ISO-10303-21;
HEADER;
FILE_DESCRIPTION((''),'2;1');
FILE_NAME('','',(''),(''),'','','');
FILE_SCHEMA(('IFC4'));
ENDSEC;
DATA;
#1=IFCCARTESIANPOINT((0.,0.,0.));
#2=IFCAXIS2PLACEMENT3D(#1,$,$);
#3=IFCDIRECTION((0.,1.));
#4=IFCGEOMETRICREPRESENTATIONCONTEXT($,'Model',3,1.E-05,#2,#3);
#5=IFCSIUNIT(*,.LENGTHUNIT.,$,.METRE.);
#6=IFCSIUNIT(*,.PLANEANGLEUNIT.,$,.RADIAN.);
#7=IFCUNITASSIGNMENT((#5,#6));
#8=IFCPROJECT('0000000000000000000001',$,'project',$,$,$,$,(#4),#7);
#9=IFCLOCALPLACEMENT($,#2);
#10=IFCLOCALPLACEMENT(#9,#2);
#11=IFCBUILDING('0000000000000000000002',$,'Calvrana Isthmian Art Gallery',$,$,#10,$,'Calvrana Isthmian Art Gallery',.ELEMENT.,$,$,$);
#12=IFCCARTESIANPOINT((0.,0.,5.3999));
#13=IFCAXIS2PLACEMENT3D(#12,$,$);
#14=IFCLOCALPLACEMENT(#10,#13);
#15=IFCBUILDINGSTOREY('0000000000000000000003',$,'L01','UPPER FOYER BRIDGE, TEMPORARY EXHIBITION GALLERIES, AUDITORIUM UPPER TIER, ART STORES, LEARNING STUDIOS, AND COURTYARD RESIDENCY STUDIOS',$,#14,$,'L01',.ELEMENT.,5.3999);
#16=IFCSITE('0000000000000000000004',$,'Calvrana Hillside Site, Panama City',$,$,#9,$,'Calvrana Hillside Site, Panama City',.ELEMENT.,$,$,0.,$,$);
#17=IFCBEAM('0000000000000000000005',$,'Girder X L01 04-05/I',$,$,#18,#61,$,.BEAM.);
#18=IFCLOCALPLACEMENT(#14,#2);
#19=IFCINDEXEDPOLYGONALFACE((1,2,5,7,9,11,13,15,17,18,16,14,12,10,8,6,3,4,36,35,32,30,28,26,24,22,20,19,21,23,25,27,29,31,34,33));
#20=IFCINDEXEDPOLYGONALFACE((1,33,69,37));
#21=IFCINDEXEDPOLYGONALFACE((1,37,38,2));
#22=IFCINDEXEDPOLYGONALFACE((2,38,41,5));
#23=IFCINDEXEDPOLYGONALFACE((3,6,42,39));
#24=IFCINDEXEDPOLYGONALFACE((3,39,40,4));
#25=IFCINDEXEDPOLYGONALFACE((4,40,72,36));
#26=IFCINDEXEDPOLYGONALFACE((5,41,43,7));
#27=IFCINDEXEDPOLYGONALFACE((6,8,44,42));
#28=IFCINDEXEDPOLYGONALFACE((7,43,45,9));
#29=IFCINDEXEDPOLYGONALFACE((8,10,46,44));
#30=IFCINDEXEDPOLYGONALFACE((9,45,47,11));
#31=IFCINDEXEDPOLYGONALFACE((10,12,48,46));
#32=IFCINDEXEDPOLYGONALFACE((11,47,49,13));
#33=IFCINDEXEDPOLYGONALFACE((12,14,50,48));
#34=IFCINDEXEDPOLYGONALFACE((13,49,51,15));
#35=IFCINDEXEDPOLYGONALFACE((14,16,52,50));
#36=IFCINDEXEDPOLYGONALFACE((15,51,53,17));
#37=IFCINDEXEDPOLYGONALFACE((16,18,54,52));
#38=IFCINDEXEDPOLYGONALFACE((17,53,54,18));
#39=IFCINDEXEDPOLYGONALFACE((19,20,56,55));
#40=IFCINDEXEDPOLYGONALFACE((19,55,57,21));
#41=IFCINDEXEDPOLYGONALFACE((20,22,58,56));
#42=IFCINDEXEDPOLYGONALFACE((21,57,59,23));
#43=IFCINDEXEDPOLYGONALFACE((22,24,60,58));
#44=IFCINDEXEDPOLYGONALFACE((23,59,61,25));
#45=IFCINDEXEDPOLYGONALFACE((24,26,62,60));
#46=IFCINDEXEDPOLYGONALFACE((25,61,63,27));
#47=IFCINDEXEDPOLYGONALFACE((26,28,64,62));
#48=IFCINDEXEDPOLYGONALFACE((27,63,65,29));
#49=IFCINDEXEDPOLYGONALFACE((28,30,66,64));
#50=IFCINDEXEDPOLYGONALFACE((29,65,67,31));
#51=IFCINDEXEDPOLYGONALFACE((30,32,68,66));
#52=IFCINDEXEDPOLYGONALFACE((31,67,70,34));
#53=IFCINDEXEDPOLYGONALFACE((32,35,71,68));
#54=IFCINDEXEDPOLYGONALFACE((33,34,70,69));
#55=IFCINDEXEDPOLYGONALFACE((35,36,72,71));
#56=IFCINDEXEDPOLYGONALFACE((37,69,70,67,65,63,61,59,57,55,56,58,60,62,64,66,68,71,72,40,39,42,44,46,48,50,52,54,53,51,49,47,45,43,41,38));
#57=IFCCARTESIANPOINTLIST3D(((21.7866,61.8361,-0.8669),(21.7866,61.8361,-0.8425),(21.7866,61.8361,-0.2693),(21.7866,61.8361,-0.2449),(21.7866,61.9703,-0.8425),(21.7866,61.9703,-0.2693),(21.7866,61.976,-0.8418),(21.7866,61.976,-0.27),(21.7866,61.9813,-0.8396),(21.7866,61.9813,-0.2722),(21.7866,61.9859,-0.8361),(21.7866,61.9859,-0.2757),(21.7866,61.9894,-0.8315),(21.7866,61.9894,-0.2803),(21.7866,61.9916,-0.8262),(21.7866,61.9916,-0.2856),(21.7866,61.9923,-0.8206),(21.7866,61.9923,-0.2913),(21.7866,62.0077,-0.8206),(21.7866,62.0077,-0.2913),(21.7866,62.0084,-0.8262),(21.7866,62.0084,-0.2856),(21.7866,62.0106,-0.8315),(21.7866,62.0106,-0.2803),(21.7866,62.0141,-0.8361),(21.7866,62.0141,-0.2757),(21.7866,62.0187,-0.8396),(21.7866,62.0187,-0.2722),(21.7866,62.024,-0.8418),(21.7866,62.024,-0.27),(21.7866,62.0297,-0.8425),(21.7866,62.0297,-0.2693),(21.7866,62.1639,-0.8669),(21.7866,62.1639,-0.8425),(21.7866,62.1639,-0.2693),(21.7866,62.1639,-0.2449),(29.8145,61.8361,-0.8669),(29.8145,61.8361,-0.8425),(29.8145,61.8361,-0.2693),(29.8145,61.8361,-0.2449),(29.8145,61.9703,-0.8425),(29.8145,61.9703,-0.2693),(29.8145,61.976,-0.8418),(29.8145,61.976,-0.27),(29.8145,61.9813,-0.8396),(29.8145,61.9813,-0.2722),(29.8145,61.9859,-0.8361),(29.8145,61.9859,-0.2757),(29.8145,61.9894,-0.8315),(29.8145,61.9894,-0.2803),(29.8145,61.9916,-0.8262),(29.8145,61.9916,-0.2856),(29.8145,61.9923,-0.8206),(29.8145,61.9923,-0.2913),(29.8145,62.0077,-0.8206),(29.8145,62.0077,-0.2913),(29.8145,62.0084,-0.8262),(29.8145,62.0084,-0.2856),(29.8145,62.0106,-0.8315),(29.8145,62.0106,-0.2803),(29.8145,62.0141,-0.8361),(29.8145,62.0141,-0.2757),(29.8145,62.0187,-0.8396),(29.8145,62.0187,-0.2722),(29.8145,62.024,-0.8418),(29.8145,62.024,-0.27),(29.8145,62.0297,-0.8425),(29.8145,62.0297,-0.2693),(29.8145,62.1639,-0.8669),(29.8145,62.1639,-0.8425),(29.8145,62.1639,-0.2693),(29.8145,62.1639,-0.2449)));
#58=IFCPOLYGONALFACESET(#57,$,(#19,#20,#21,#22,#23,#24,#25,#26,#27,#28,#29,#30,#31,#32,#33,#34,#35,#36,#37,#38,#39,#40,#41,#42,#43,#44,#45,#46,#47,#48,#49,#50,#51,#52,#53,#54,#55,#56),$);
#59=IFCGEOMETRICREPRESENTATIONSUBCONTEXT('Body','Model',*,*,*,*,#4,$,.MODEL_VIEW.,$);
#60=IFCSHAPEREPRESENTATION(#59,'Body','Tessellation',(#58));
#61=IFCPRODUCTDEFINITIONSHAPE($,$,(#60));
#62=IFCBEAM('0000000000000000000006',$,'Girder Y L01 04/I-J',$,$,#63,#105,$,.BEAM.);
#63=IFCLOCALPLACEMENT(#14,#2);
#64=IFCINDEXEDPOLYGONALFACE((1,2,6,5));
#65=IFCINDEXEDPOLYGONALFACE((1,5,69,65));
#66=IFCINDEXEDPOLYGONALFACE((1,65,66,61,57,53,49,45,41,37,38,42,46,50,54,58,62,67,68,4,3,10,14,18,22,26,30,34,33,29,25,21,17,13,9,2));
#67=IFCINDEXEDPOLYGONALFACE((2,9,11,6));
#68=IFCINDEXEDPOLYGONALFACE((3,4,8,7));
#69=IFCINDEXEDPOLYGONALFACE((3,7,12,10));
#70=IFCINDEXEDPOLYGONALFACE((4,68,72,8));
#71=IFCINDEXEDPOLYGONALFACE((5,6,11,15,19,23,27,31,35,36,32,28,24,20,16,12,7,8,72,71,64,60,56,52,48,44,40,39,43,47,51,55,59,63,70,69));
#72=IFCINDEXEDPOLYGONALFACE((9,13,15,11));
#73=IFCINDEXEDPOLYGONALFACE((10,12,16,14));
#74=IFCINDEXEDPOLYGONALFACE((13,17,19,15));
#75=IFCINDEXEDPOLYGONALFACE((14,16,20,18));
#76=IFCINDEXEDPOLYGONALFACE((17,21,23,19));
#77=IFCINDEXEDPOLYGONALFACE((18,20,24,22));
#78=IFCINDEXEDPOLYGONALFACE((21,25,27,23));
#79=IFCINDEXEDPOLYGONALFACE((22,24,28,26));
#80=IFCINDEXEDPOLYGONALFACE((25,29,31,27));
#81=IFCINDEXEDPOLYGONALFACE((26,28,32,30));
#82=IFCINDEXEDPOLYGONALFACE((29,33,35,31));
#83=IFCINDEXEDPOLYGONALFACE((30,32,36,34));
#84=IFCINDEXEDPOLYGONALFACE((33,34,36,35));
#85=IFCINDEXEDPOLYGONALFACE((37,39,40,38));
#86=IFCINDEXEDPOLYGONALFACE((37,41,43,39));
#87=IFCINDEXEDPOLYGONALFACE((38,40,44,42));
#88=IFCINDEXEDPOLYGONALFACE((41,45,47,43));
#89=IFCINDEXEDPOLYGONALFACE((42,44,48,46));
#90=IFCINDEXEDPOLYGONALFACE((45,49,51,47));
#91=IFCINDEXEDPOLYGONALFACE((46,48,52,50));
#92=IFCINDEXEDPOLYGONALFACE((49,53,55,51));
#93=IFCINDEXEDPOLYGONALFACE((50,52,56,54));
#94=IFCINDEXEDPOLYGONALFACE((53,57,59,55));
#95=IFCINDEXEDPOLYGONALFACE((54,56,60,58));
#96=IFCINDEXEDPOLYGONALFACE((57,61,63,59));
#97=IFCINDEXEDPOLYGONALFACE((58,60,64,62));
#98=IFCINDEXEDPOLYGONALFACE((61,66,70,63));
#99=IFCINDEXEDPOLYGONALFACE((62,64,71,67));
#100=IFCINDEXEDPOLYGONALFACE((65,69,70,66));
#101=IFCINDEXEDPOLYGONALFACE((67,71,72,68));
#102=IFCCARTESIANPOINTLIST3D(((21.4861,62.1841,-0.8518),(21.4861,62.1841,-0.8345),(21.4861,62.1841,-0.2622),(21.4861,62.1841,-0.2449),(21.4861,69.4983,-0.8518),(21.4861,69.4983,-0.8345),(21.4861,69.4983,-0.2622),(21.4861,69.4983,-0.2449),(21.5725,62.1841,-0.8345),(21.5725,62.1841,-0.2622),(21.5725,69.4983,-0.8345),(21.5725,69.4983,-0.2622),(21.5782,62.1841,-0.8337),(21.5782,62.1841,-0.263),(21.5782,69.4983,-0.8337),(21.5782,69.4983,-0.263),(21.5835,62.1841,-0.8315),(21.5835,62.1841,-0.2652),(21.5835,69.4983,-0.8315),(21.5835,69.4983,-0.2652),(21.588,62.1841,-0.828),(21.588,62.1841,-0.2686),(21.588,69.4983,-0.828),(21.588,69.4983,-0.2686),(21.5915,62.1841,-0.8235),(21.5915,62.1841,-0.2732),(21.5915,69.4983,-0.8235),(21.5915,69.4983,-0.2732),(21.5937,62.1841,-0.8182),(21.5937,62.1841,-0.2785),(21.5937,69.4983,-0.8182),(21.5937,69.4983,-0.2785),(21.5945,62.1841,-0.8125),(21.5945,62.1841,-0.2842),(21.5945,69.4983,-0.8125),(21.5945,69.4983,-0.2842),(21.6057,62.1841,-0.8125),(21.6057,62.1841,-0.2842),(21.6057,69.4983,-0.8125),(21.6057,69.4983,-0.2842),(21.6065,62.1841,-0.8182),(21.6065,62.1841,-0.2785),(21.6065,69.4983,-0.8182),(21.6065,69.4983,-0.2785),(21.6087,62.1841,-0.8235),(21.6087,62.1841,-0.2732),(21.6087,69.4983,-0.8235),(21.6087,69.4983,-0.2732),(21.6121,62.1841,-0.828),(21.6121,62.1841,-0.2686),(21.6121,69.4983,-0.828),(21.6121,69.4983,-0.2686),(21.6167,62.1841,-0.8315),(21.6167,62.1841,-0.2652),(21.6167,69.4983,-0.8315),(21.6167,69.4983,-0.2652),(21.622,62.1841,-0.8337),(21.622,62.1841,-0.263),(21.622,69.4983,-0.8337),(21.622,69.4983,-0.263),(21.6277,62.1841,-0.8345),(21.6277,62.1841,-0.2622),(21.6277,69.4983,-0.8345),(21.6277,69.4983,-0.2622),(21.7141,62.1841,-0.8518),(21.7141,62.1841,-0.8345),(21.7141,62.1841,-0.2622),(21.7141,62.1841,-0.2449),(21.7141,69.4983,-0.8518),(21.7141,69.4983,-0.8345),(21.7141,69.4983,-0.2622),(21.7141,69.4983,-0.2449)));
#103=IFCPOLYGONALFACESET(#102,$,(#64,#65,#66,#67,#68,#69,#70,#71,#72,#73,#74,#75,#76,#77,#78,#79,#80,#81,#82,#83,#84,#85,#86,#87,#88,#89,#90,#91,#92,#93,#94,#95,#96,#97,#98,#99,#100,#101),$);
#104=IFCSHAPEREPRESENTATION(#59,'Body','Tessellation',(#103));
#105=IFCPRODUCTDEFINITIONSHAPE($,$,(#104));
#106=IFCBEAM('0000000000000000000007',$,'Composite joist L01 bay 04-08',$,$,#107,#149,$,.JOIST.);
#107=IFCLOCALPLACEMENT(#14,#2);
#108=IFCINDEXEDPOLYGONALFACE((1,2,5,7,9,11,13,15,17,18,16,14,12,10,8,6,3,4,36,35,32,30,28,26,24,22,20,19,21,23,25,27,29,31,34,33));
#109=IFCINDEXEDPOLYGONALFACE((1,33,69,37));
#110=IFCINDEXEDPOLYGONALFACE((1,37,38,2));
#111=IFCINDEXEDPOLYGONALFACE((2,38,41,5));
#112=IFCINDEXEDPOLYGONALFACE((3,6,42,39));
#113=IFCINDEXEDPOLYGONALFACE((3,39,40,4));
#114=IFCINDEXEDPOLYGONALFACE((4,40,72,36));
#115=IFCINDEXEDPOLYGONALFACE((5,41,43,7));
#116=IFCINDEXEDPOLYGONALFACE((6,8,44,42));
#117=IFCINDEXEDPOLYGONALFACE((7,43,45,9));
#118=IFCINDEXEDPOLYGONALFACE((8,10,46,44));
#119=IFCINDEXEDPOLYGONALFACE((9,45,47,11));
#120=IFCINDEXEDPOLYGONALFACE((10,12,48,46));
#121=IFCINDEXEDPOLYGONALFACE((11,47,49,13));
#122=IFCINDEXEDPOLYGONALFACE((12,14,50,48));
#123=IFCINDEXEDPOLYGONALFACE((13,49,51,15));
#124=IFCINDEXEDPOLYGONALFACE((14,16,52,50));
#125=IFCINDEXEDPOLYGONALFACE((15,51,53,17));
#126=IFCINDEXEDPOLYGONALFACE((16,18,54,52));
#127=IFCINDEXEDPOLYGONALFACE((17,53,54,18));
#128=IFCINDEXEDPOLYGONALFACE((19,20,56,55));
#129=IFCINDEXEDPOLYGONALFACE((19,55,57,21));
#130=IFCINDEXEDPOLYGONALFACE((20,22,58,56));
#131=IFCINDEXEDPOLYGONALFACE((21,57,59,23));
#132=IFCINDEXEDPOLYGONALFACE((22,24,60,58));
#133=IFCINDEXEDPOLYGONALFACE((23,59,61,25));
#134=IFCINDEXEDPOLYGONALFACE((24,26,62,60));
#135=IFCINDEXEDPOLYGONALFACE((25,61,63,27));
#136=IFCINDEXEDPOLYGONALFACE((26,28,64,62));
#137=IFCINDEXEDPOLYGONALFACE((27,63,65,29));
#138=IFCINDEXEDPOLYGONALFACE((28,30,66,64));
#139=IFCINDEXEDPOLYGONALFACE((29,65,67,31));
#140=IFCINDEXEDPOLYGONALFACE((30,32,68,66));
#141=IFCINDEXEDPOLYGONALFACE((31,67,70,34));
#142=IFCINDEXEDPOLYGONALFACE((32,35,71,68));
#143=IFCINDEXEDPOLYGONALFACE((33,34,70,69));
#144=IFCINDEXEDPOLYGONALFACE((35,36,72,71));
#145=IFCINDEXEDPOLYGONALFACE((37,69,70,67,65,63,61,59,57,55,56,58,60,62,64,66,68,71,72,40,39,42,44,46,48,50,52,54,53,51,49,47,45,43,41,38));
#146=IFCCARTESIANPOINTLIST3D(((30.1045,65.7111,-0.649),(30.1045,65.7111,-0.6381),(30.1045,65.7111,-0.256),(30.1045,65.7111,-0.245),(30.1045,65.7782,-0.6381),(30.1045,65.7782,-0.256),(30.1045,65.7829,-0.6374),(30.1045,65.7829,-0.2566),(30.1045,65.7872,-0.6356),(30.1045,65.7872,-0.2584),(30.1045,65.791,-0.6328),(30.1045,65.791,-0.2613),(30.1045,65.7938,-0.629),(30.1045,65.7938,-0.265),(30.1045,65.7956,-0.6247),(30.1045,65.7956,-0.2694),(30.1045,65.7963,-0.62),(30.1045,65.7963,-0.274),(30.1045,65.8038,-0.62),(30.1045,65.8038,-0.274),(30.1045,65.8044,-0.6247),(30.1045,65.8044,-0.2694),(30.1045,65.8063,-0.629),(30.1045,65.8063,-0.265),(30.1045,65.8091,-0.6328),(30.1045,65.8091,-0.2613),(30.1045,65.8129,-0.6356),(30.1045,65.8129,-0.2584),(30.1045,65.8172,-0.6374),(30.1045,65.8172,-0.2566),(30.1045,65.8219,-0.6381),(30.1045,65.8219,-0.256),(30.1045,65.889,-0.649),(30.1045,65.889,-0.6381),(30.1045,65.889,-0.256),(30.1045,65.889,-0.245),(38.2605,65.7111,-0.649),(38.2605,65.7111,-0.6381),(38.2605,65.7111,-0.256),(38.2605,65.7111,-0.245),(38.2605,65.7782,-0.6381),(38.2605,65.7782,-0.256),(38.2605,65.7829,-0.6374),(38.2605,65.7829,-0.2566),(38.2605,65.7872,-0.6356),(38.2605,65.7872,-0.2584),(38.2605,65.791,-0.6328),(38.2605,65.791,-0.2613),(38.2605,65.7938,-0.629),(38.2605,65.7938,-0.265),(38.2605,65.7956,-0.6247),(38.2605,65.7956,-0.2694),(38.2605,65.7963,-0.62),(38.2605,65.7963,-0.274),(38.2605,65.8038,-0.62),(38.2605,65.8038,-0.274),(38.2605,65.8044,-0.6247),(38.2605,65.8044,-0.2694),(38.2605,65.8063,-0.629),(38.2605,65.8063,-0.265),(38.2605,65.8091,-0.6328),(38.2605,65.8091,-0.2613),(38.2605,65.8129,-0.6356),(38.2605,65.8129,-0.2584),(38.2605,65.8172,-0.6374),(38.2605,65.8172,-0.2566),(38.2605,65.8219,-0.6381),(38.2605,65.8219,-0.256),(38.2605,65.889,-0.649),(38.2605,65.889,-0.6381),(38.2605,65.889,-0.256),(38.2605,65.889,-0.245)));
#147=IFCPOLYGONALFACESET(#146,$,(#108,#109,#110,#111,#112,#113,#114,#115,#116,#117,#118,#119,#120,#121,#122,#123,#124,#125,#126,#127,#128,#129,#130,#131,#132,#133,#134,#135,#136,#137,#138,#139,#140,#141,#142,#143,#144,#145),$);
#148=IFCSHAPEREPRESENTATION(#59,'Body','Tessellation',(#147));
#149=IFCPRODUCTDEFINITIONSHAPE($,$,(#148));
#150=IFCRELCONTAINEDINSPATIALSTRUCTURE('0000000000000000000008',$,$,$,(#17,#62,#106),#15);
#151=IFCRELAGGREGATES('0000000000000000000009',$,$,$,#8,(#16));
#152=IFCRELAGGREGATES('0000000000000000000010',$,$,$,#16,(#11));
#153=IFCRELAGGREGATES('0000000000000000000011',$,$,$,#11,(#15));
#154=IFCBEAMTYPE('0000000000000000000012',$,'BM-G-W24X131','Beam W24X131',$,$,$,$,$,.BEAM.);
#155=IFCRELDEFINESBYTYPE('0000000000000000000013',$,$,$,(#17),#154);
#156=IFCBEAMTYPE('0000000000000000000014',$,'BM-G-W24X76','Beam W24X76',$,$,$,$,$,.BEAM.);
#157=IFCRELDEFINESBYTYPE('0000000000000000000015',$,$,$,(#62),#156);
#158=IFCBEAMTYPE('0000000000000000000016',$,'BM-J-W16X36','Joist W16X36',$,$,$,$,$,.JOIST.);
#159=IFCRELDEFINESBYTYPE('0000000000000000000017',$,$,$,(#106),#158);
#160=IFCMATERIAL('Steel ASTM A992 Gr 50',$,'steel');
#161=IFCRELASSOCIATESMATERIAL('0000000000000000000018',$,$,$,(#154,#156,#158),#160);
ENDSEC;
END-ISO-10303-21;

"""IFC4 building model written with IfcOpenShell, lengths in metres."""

from ifc_helpers import new_model, si_unit, direction, frame, origin, origin_2d, place, context, subcontext, project, spatial, i_section, extrude, material, material_profile, profile_set, type_object, element, save


model = new_model("IFC4")

# Units and contexts
model_context = context("Model", 3, precision=1e-05, world=origin(), true_north=direction((0.0, 1.0)))
body_context = subcontext(model_context, "Body", "Model", "MODEL_VIEW")
ifc_project = project(units=[si_unit("LENGTHUNIT", "METRE"), si_unit("PLANEANGLEUNIT", "RADIAN")], contexts=[model_context])

# Site, building, storey
site_placement = place(None, origin())
site = spatial("IfcSite", under=ifc_project, at=site_placement, Name="Calvrana Hillside Site, Panama City", LongName="Calvrana Hillside Site, Panama City", CompositionType="ELEMENT", RefElevation=0.0)
building_placement = place(site_placement, origin())
building = spatial("IfcBuilding", under=site, at=building_placement, Name="Calvrana Isthmian Art Gallery", LongName="Calvrana Isthmian Art Gallery", CompositionType="ELEMENT")
storey_placement = place(building_placement, frame((0.0, 0.0, 5.3999)))
storey = spatial("IfcBuildingStorey", under=building, at=storey_placement, Name="L01", Description="UPPER FOYER BRIDGE, TEMPORARY EXHIBITION GALLERIES, AUDITORIUM UPPER TIER, ART STORES, LEARNING STUDIOS, AND COURTYARD RESIDENCY STUDIOS", LongName="L01", CompositionType="ELEMENT", Elevation=5.3999)

# Beams
ifc_material_1 = material(Name="Steel ASTM A992 Gr 50", Category="steel")
ifc_material_profile_1 = material_profile(ifc_material_1, i_section(OverallWidth=0.3279, OverallDepth=0.6221, WebThickness=0.0154, FlangeThickness=0.0244, FilletRadius=0.022, at=origin_2d()), Name="W24X131")
ifc_profile_set_1 = profile_set([ifc_material_profile_1], Name="Steel ASTM A992 Gr 50")
beam_type_1 = type_object("IfcBeamType", Name="BM-G-W24X131", Description="Beam W24X131", PredefinedType="BEAM", material=ifc_profile_set_1)
beam_1_placement = place(storey_placement, frame((21.7866, 62.0, -0.5559), z_axis=(1.0, 0.0, 0.0), x_axis=(0.0, 1.0, 0.0)))
element("IfcBeam", 1, at=beam_1_placement, inside=storey, type_object=beam_type_1, Name="Girder X L01 04-05/I", PredefinedType="BEAM", context=body_context, shape_type="SweptSolid", body=[
    extrude(i_section(OverallWidth=0.3279, OverallDepth=0.6221, WebThickness=0.0154, FlangeThickness=0.0244, FilletRadius=0.022, at=origin_2d()), origin(), (0.0, 0.0, 1.0), 8.0278),
])
ifc_material_profile_2 = material_profile(ifc_material_1, i_section(OverallWidth=0.228, OverallDepth=0.6069, WebThickness=0.0112, FlangeThickness=0.0173, FilletRadius=0.022, at=origin_2d()), Name="W24X76")
ifc_profile_set_2 = profile_set([ifc_material_profile_2], Name="Steel ASTM A992 Gr 50")
beam_type_2 = type_object("IfcBeamType", Name="BM-G-W24X76", Description="Beam W24X76", PredefinedType="BEAM", material=ifc_profile_set_2)
beam_2_placement = place(storey_placement, frame((21.6001, 62.1841, -0.5483), z_axis=(0.0, 1.0, 0.0), x_axis=(-1.0, 0.0, 0.0)))
element("IfcBeam", 2, at=beam_2_placement, inside=storey, type_object=beam_type_2, Name="Girder Y L01 04/I-J", PredefinedType="BEAM", context=body_context, shape_type="SweptSolid", body=[
    extrude(i_section(OverallWidth=0.228, OverallDepth=0.6069, WebThickness=0.0112, FlangeThickness=0.0173, FilletRadius=0.022, at=origin_2d()), origin(), (0.0, 0.0, 1.0), 7.3142),
])
ifc_material_profile_3 = material_profile(ifc_material_1, i_section(OverallWidth=0.178, OverallDepth=0.4041, WebThickness=0.0076, FlangeThickness=0.011, FilletRadius=0.0181, at=origin_2d()), Name="W16X36")
ifc_profile_set_3 = profile_set([ifc_material_profile_3], Name="Steel ASTM A992 Gr 50")
beam_type_3 = type_object("IfcBeamType", Name="BM-J-W16X36", Description="Joist W16X36", PredefinedType="JOIST", material=ifc_profile_set_3)
beam_3_placement = place(storey_placement, frame((30.1045, 65.8, -0.447), z_axis=(1.0, 0.0, 0.0), x_axis=(0.0, 1.0, 0.0)))
element("IfcBeam", 3, at=beam_3_placement, inside=storey, type_object=beam_type_3, Name="Composite joist L01 bay 04-08", PredefinedType="JOIST", context=body_context, shape_type="SweptSolid", body=[
    extrude(i_section(OverallWidth=0.178, OverallDepth=0.4041, WebThickness=0.0076, FlangeThickness=0.011, FilletRadius=0.0181, at=origin_2d()), origin(), (0.0, 0.0, 1.0), 8.156),
])

save(model, "model.ifc")
